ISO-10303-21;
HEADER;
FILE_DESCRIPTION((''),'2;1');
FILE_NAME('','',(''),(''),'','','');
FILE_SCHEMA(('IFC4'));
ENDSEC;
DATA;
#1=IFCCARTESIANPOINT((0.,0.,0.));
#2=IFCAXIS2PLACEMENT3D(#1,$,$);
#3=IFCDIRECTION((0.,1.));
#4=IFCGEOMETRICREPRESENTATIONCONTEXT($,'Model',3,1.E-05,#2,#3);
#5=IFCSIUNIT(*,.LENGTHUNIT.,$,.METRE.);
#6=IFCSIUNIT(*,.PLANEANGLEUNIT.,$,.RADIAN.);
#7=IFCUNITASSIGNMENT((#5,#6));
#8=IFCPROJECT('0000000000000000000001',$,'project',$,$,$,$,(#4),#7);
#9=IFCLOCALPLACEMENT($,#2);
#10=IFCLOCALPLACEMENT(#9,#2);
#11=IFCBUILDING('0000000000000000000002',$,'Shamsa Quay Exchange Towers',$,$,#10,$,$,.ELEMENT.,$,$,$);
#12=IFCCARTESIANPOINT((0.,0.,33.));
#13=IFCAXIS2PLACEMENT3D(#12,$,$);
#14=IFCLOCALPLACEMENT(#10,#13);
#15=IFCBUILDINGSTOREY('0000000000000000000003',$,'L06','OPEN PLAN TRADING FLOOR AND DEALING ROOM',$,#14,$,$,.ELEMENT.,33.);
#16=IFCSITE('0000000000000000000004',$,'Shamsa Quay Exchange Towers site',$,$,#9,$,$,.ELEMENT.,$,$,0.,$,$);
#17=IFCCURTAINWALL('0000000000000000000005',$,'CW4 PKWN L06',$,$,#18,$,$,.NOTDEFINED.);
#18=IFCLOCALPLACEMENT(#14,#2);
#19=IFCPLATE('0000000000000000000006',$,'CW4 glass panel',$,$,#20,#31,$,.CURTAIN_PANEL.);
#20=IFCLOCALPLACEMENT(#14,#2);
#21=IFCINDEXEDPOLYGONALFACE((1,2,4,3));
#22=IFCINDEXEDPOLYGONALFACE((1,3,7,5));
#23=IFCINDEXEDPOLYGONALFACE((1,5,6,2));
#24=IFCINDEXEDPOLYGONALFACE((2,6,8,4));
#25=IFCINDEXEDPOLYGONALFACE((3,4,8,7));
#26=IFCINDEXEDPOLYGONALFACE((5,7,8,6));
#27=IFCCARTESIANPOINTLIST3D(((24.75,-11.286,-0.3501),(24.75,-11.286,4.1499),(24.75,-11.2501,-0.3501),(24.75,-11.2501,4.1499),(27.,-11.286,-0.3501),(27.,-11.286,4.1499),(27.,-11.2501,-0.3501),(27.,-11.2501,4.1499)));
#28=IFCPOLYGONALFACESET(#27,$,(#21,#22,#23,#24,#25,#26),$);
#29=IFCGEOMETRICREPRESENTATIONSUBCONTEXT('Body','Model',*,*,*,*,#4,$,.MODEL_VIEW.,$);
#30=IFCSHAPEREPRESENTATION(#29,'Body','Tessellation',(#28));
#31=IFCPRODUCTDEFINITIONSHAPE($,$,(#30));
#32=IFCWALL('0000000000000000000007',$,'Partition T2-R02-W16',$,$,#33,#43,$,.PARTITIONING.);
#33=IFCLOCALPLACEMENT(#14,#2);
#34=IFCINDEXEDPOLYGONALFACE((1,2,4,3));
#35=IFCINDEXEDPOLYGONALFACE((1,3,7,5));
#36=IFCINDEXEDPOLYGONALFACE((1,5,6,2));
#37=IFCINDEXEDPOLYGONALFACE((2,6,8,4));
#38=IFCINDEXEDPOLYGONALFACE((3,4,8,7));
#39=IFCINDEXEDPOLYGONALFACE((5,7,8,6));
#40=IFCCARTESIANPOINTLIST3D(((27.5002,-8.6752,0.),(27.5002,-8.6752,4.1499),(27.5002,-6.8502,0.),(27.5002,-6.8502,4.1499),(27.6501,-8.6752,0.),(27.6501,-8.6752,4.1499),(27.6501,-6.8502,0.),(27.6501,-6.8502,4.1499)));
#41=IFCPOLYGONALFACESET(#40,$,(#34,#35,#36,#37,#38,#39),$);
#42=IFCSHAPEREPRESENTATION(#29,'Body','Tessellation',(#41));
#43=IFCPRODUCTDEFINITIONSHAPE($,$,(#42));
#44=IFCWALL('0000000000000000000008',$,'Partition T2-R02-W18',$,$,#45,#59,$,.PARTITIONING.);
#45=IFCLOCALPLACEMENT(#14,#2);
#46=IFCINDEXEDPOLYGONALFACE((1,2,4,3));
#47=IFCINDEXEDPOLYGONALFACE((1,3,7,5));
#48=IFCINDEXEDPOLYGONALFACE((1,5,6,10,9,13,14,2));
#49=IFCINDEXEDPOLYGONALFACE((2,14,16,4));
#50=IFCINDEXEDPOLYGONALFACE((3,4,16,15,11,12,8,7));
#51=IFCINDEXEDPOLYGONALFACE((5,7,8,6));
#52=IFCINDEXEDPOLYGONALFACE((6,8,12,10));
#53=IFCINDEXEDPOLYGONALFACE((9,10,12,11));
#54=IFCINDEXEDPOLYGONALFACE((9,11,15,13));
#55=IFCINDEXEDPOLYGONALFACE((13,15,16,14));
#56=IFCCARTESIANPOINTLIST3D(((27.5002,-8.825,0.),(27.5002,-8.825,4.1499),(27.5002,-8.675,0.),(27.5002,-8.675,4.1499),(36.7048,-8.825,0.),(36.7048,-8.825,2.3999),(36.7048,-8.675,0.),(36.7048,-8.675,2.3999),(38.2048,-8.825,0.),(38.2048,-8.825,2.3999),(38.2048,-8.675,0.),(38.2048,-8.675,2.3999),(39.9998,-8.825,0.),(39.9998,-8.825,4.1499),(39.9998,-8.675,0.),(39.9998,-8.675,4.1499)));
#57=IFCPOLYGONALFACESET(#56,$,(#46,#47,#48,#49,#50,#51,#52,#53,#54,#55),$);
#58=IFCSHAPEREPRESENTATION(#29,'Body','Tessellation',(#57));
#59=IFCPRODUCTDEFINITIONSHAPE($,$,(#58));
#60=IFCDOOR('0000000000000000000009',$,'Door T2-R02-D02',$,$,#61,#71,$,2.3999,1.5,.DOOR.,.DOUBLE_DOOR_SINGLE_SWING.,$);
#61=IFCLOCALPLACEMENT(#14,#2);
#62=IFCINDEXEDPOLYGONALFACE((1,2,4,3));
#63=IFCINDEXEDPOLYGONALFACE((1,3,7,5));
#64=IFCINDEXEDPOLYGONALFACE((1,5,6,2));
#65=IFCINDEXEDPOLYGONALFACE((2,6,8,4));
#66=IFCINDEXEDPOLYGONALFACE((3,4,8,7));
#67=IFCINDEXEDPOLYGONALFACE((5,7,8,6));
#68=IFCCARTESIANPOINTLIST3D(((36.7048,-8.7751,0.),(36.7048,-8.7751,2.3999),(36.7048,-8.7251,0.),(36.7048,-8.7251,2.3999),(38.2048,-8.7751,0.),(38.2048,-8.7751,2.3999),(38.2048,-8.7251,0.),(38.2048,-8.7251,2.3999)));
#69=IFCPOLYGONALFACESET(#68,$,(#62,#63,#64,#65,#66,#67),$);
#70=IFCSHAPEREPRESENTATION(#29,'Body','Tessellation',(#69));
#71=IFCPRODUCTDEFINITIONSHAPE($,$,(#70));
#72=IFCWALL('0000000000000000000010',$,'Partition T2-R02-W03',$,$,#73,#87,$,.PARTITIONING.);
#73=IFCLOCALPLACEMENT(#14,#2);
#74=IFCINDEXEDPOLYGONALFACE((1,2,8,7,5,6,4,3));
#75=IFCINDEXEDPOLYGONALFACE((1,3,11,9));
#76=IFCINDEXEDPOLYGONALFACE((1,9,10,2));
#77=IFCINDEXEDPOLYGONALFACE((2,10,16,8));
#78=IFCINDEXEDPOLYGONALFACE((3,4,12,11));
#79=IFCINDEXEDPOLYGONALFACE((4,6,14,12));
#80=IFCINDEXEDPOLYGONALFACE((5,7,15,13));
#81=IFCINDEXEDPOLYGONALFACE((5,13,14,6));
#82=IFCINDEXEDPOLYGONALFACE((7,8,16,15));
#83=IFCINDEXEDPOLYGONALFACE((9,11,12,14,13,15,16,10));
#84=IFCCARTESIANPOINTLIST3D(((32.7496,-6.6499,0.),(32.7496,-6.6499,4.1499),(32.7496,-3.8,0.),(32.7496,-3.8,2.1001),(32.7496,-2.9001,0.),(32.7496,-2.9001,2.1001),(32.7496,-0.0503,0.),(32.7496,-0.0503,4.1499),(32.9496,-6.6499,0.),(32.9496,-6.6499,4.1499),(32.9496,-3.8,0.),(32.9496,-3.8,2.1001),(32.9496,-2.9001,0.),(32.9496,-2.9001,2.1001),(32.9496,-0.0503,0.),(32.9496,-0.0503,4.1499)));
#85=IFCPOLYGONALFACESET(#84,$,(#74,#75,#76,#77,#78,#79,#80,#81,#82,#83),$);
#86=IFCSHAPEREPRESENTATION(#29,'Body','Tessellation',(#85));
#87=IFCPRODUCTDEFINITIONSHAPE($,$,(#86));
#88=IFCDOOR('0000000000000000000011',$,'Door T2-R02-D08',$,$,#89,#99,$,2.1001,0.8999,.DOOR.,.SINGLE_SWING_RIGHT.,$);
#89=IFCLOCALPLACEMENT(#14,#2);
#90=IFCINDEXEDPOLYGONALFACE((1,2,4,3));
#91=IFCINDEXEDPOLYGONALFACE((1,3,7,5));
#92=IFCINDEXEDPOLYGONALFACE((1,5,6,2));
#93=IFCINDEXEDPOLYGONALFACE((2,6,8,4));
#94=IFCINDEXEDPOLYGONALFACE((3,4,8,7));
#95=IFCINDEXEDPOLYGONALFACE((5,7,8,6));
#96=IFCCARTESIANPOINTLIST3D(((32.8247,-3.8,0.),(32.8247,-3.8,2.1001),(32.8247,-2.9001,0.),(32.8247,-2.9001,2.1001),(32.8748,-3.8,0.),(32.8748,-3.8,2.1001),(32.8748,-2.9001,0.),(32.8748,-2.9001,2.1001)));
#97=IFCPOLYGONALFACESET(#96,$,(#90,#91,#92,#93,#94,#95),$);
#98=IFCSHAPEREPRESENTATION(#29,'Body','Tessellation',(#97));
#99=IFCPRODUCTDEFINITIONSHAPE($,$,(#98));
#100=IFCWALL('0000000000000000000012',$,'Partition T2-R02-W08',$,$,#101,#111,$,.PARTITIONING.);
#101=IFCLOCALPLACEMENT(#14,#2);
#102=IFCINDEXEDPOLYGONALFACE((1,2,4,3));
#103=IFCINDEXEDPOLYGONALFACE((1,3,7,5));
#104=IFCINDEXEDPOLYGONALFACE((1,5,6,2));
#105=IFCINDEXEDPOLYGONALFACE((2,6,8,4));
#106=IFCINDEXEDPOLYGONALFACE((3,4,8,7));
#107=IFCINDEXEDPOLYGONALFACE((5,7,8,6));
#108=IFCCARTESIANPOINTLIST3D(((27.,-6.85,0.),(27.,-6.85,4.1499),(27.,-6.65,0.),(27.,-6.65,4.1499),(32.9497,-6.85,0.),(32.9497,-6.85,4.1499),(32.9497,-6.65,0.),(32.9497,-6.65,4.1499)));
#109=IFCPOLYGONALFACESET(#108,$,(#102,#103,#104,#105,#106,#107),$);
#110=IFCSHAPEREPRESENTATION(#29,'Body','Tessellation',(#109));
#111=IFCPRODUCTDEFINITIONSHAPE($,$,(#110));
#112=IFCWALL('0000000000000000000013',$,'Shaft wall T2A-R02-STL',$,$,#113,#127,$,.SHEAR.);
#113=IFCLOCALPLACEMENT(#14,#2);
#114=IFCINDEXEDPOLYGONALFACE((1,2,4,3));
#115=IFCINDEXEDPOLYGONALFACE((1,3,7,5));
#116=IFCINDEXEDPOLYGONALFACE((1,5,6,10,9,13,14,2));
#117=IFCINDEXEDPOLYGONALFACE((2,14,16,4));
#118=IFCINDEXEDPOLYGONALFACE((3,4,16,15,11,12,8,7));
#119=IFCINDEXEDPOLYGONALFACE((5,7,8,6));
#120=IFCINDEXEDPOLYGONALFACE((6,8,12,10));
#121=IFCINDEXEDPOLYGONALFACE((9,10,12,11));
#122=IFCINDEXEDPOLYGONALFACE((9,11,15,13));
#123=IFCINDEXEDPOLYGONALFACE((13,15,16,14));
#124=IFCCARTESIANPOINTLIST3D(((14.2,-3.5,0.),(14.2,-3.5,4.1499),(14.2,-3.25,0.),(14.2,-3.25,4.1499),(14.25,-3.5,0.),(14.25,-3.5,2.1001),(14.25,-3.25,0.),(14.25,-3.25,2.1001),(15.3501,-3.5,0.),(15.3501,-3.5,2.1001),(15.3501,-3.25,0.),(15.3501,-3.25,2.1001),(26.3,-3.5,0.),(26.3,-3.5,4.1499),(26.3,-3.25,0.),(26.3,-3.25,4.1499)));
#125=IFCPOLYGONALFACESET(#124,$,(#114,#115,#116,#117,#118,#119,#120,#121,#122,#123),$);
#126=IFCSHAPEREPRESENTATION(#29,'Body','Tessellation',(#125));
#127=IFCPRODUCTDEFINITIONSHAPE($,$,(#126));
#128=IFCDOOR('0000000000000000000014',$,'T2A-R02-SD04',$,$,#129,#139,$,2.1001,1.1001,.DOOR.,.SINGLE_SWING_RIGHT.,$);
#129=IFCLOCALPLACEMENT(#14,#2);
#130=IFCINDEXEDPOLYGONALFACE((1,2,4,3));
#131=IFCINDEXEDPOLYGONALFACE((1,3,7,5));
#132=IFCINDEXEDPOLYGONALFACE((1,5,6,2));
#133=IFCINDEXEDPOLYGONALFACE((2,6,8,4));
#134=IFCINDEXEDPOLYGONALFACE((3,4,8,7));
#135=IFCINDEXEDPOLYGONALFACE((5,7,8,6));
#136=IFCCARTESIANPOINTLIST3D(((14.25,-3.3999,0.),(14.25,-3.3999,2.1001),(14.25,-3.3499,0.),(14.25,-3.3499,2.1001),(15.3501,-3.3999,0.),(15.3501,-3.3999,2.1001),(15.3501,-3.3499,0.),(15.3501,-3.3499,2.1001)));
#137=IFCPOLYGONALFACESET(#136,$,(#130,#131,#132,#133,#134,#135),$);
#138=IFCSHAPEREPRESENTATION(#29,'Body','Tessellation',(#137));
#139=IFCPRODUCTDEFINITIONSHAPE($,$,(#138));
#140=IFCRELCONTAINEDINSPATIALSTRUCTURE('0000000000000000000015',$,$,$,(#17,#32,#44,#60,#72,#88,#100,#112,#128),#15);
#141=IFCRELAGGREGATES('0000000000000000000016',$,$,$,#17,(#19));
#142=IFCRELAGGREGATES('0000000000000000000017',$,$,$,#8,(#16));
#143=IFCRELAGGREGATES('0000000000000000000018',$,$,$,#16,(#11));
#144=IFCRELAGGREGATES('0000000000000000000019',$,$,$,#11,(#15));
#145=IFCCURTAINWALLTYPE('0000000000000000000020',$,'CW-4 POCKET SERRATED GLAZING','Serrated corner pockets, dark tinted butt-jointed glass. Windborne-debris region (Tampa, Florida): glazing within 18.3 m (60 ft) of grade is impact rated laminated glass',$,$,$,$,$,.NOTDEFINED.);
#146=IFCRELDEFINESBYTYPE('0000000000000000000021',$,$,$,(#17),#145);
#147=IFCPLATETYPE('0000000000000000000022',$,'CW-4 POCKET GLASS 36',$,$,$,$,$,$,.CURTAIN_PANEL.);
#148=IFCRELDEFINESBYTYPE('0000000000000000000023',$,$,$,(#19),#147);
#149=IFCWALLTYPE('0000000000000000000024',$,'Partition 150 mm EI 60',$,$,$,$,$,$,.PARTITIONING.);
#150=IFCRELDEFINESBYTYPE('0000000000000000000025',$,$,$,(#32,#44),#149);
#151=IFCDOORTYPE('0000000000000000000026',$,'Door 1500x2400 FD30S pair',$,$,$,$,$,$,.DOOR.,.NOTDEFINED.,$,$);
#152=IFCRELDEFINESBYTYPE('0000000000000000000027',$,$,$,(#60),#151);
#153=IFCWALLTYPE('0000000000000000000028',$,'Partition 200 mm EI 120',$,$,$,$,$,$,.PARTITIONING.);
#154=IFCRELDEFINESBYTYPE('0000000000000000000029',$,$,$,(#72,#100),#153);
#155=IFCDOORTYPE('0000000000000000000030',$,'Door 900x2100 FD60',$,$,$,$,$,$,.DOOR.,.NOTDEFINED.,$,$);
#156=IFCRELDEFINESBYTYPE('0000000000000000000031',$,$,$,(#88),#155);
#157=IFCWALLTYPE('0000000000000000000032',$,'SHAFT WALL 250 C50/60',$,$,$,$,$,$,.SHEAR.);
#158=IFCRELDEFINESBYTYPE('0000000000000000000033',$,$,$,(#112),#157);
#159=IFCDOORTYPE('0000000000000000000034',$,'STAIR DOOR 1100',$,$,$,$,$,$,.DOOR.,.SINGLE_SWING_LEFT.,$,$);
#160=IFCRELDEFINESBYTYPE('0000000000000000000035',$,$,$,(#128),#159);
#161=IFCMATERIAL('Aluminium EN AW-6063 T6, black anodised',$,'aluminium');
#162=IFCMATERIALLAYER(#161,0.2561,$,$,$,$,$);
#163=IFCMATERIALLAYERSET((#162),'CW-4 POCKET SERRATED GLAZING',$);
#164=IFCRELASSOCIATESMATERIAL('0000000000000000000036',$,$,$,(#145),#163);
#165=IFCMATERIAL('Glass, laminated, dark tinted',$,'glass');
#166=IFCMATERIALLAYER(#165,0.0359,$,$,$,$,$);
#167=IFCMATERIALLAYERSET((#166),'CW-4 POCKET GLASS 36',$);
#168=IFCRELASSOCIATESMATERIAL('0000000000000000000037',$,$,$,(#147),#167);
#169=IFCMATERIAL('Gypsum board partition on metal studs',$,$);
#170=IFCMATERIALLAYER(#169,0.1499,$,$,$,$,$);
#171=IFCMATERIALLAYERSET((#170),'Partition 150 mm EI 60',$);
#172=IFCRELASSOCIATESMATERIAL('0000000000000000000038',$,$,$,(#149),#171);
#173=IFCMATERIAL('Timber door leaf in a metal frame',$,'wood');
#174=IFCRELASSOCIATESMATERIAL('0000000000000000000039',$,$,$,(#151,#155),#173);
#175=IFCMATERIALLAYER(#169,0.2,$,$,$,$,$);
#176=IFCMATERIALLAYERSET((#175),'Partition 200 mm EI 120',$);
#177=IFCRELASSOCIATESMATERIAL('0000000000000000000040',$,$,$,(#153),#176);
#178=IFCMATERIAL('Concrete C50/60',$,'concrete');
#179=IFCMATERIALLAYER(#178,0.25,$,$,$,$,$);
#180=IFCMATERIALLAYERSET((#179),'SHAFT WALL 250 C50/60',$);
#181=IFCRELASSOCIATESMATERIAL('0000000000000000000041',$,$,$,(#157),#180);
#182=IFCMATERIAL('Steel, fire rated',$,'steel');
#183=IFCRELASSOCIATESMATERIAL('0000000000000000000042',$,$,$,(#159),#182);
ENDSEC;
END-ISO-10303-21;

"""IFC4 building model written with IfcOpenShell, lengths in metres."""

from ifc_helpers import new_model, si_unit, direction, frame, frame_2d, origin, origin_2d, place, context, subcontext, project, spatial, rectangle, extrude, material, layer, layer_set, type_object, element, fill, aggregate, save


model = new_model("IFC4")

# Units and contexts
model_context = context("Model", 3, precision=1e-05, world=origin(), true_north=direction((0.0, 1.0)))
body_context = subcontext(model_context, "Body", "Model", "MODEL_VIEW")
ifc_project = project(units=[si_unit("LENGTHUNIT", "METRE"), si_unit("PLANEANGLEUNIT", "RADIAN")], contexts=[model_context])

# Site, building, storey
site_placement = place(None, origin())
site = spatial("IfcSite", under=ifc_project, at=site_placement, Name="Shamsa Quay Exchange Towers site", CompositionType="ELEMENT", RefElevation=0.0)
building_placement = place(site_placement, origin())
building = spatial("IfcBuilding", under=site, at=building_placement, Name="Shamsa Quay Exchange Towers", CompositionType="ELEMENT")
storey_placement = place(building_placement, frame((0.0, 0.0, 33.0)))
storey = spatial("IfcBuildingStorey", under=building, at=storey_placement, Name="L06", Description="OPEN PLAN TRADING FLOOR AND DEALING ROOM", CompositionType="ELEMENT", Elevation=33.0)

# Shared definitions
ifc_material_1 = material(Name="Aluminium EN AW-6063 T6, black anodised", Category="aluminium")

# Shared definitions
ifc_material_2 = material(Name="Glass, laminated, dark tinted", Category="glass")

# Curtain wall, plate
ifc_layer_1 = layer(ifc_material_1, 0.2561)
ifc_layer_set_1 = layer_set([ifc_layer_1], Name="CW-4 POCKET SERRATED GLAZING")
curtain_wall_type_1 = type_object("IfcCurtainWallType", Name="CW-4 POCKET SERRATED GLAZING", Description="Serrated corner pockets, dark tinted butt-jointed glass. Windborne-debris region (Tampa, Florida): glazing within 18.3 m (60 ft) of grade is impact rated laminated glass", PredefinedType="NOTDEFINED", material=ifc_layer_set_1)
curtain_wall_1_placement = place(storey_placement, origin())
curtain_wall_1 = element("IfcCurtainWall", 1, at=curtain_wall_1_placement, inside=storey, type_object=curtain_wall_type_1, Name="CW4 PKWN L06", PredefinedType="NOTDEFINED")
ifc_layer_2 = layer(ifc_material_2, 0.0359)
ifc_layer_set_2 = layer_set([ifc_layer_2], Name="CW-4 POCKET GLASS 36")
plate_type_1 = type_object("IfcPlateType", Name="CW-4 POCKET GLASS 36", PredefinedType="CURTAIN_PANEL", material=ifc_layer_set_2)
plate_1_placement = place(storey_placement, frame((25.875, -11.2681, -0.3501)))
plate_1 = element("IfcPlate", 2, at=plate_1_placement, type_object=plate_type_1, Name="CW4 glass panel", PredefinedType="CURTAIN_PANEL", context=body_context, shape_type="SweptSolid", body=[
    extrude(rectangle(XDim=2.25, YDim=0.0359, at=origin_2d()), origin(), (0.0, 0.0, 1.0), 4.5),
])
aggregate(curtain_wall_1, [plate_1])

# Wall
ifc_material_3 = material(Name="Gypsum board partition on metal studs")
ifc_layer_3 = layer(ifc_material_3, 0.1499)
ifc_layer_set_3 = layer_set([ifc_layer_3], Name="Partition 150 mm EI 60")
wall_type_1 = type_object("IfcWallType", Name="Partition 150 mm EI 60", PredefinedType="PARTITIONING", material=ifc_layer_set_3)
wall_1_placement = place(storey_placement, frame((27.5752, -6.8501, 0.0), z_axis=(0.0, 0.0, 1.0), x_axis=(0.0, -1.0, 0.0)))
element("IfcWall", 3, at=wall_1_placement, inside=storey, type_object=wall_type_1, Name="Partition T2-R02-W16", PredefinedType="PARTITIONING", context=body_context, shape_type="SweptSolid", body=[
    extrude(rectangle(XDim=1.825, YDim=0.1499, at=frame_2d((0.9126, 0.0))), origin(), (0.0, 0.0, 1.0), 4.1499),
])

# Walls, openings, doors
wall_2_placement = place(storey_placement, frame((27.5002, -8.75, 0.0)))
wall_2 = element("IfcWall", 4, at=wall_2_placement, inside=storey, type_object=wall_type_1, Name="Partition T2-R02-W18", PredefinedType="PARTITIONING", context=body_context, shape_type="SweptSolid", body=[
    extrude(rectangle(XDim=12.4995, YDim=0.1499, at=frame_2d((6.2498, 0.0))), origin(), (0.0, 0.0, 1.0), 4.1499),
])
opening_1_placement = place(wall_2_placement, frame((9.2046, 0.0, 0.0)))
opening_1 = element("IfcOpeningElement", 5, at=opening_1_placement, cuts=wall_2, PredefinedType="OPENING", context=body_context, shape_type="SweptSolid", body=[
    extrude(rectangle(XDim=1.5, YDim=2.3999, at=frame_2d((0.75, 1.2))), frame((0.0, 0.085, 0.0), z_axis=(0.0, -1.0, 0.0), x_axis=(1.0, 0.0, 0.0)), (0.0, 0.0, 1.0), 0.1699),
])
ifc_material_4 = material(Name="Timber door leaf in a metal frame", Category="wood")
door_type_1 = type_object("IfcDoorType", Name="Door 1500x2400 FD30S pair", OperationType="NOTDEFINED", PredefinedType="DOOR", material=ifc_material_4)
door_1_placement = place(opening_1_placement, origin())
door_1 = element("IfcDoor", 6, at=door_1_placement, inside=storey, type_object=door_type_1, Name="Door T2-R02-D02", OperationType="DOUBLE_DOOR_SINGLE_SWING", OverallHeight=2.3999, OverallWidth=1.5, PredefinedType="DOOR", context=body_context, shape_type="SweptSolid", body=[
    extrude(rectangle(XDim=1.5, YDim=2.3999, at=frame_2d((0.75, 1.2))), frame((0.0, 0.0249, 0.0), z_axis=(0.0, -1.0, 0.0), x_axis=(1.0, 0.0, 0.0)), (0.0, 0.0, 1.0), 0.05),
])
fill(opening_1, door_1)
ifc_layer_4 = layer(ifc_material_3, 0.2)
ifc_layer_set_4 = layer_set([ifc_layer_4], Name="Partition 200 mm EI 120")
wall_type_2 = type_object("IfcWallType", Name="Partition 200 mm EI 120", PredefinedType="PARTITIONING", material=ifc_layer_set_4)
wall_3_placement = place(storey_placement, frame((32.8496, -6.6499, 0.0), z_axis=(0.0, 0.0, 1.0), x_axis=(0.0, 1.0, 0.0)))
wall_3 = element("IfcWall", 7, at=wall_3_placement, inside=storey, type_object=wall_type_2, Name="Partition T2-R02-W03", PredefinedType="PARTITIONING", context=body_context, shape_type="SweptSolid", body=[
    extrude(rectangle(XDim=6.5996, YDim=0.2, at=frame_2d((3.2998, 0.0))), origin(), (0.0, 0.0, 1.0), 4.1499),
])
opening_2_placement = place(wall_3_placement, frame((2.8499, 0.0, 0.0)))
opening_2 = element("IfcOpeningElement", 8, at=opening_2_placement, cuts=wall_3, PredefinedType="OPENING", context=body_context, shape_type="SweptSolid", body=[
    extrude(rectangle(XDim=0.8999, YDim=2.1001, at=frame_2d((0.45, 1.05))), frame((0.0, 0.1099, 0.0), z_axis=(0.0, -1.0, 0.0), x_axis=(1.0, 0.0, 0.0)), (0.0, 0.0, 1.0), 0.22),
])
door_type_2 = type_object("IfcDoorType", Name="Door 900x2100 FD60", OperationType="NOTDEFINED", PredefinedType="DOOR", material=ifc_material_4)
door_2_placement = place(opening_2_placement, origin())
door_2 = element("IfcDoor", 9, at=door_2_placement, inside=storey, type_object=door_type_2, Name="Door T2-R02-D08", OperationType="SINGLE_SWING_RIGHT", OverallHeight=2.1001, OverallWidth=0.8999, PredefinedType="DOOR", context=body_context, shape_type="SweptSolid", body=[
    extrude(rectangle(XDim=0.8999, YDim=2.1001, at=frame_2d((0.45, 1.05))), frame((0.0, 0.0249, 0.0), z_axis=(0.0, -1.0, 0.0), x_axis=(1.0, 0.0, 0.0)), (0.0, 0.0, 1.0), 0.05),
])
fill(opening_2, door_2)

# Wall
wall_4_placement = place(storey_placement, frame((27.0, -6.75, 0.0)))
element("IfcWall", 10, at=wall_4_placement, inside=storey, type_object=wall_type_2, Name="Partition T2-R02-W08", PredefinedType="PARTITIONING", context=body_context, shape_type="SweptSolid", body=[
    extrude(rectangle(XDim=5.9497, YDim=0.2, at=frame_2d((2.9749, 0.0))), origin(), (0.0, 0.0, 1.0), 4.1499),
])

# Wall, opening, door
ifc_material_5 = material(Name="Concrete C50/60", Category="concrete")
ifc_layer_5 = layer(ifc_material_5, 0.25)
ifc_layer_set_5 = layer_set([ifc_layer_5], Name="SHAFT WALL 250 C50/60")
wall_type_3 = type_object("IfcWallType", Name="SHAFT WALL 250 C50/60", PredefinedType="SHEAR", material=ifc_layer_set_5)
wall_5_placement = place(storey_placement, frame((26.3, -3.375, 0.0), z_axis=(0.0, 0.0, 1.0), x_axis=(-1.0, 0.0, 0.0)))
wall_5 = element("IfcWall", 11, at=wall_5_placement, inside=storey, type_object=wall_type_3, Name="Shaft wall T2A-R02-STL", PredefinedType="SHEAR", context=body_context, shape_type="SweptSolid", body=[
    extrude(rectangle(XDim=12.1001, YDim=0.25, at=frame_2d((6.05, 0.0))), origin(), (0.0, 0.0, 1.0), 4.1499),
])
opening_3_placement = place(wall_5_placement, frame((10.95, 0.0, 0.0)))
opening_3 = element("IfcOpeningElement", 12, at=opening_3_placement, cuts=wall_5, PredefinedType="OPENING", context=body_context, shape_type="SweptSolid", body=[
    extrude(rectangle(XDim=1.1001, YDim=2.1001, at=frame_2d((0.55, 1.05))), frame((0.0, 0.135, 0.0), z_axis=(0.0, -1.0, 0.0), x_axis=(1.0, 0.0, 0.0)), (0.0, 0.0, 1.0), 0.27),
])
ifc_material_6 = material(Name="Steel, fire rated", Category="steel")
door_type_3 = type_object("IfcDoorType", Name="STAIR DOOR 1100", OperationType="SINGLE_SWING_LEFT", PredefinedType="DOOR", material=ifc_material_6)
door_3_placement = place(opening_3_placement, origin())
door_3 = element("IfcDoor", 13, at=door_3_placement, inside=storey, type_object=door_type_3, Name="T2A-R02-SD04", OperationType="SINGLE_SWING_RIGHT", OverallHeight=2.1001, OverallWidth=1.1001, PredefinedType="DOOR", context=body_context, shape_type="SweptSolid", body=[
    extrude(rectangle(XDim=1.1001, YDim=2.1001, at=frame_2d((0.55, 1.05))), frame((0.0, 0.0249, 0.0), z_axis=(0.0, -1.0, 0.0), x_axis=(1.0, 0.0, 0.0)), (0.0, 0.0, 1.0), 0.05),
])
fill(opening_3, door_3)

save(model, "model.ifc")
